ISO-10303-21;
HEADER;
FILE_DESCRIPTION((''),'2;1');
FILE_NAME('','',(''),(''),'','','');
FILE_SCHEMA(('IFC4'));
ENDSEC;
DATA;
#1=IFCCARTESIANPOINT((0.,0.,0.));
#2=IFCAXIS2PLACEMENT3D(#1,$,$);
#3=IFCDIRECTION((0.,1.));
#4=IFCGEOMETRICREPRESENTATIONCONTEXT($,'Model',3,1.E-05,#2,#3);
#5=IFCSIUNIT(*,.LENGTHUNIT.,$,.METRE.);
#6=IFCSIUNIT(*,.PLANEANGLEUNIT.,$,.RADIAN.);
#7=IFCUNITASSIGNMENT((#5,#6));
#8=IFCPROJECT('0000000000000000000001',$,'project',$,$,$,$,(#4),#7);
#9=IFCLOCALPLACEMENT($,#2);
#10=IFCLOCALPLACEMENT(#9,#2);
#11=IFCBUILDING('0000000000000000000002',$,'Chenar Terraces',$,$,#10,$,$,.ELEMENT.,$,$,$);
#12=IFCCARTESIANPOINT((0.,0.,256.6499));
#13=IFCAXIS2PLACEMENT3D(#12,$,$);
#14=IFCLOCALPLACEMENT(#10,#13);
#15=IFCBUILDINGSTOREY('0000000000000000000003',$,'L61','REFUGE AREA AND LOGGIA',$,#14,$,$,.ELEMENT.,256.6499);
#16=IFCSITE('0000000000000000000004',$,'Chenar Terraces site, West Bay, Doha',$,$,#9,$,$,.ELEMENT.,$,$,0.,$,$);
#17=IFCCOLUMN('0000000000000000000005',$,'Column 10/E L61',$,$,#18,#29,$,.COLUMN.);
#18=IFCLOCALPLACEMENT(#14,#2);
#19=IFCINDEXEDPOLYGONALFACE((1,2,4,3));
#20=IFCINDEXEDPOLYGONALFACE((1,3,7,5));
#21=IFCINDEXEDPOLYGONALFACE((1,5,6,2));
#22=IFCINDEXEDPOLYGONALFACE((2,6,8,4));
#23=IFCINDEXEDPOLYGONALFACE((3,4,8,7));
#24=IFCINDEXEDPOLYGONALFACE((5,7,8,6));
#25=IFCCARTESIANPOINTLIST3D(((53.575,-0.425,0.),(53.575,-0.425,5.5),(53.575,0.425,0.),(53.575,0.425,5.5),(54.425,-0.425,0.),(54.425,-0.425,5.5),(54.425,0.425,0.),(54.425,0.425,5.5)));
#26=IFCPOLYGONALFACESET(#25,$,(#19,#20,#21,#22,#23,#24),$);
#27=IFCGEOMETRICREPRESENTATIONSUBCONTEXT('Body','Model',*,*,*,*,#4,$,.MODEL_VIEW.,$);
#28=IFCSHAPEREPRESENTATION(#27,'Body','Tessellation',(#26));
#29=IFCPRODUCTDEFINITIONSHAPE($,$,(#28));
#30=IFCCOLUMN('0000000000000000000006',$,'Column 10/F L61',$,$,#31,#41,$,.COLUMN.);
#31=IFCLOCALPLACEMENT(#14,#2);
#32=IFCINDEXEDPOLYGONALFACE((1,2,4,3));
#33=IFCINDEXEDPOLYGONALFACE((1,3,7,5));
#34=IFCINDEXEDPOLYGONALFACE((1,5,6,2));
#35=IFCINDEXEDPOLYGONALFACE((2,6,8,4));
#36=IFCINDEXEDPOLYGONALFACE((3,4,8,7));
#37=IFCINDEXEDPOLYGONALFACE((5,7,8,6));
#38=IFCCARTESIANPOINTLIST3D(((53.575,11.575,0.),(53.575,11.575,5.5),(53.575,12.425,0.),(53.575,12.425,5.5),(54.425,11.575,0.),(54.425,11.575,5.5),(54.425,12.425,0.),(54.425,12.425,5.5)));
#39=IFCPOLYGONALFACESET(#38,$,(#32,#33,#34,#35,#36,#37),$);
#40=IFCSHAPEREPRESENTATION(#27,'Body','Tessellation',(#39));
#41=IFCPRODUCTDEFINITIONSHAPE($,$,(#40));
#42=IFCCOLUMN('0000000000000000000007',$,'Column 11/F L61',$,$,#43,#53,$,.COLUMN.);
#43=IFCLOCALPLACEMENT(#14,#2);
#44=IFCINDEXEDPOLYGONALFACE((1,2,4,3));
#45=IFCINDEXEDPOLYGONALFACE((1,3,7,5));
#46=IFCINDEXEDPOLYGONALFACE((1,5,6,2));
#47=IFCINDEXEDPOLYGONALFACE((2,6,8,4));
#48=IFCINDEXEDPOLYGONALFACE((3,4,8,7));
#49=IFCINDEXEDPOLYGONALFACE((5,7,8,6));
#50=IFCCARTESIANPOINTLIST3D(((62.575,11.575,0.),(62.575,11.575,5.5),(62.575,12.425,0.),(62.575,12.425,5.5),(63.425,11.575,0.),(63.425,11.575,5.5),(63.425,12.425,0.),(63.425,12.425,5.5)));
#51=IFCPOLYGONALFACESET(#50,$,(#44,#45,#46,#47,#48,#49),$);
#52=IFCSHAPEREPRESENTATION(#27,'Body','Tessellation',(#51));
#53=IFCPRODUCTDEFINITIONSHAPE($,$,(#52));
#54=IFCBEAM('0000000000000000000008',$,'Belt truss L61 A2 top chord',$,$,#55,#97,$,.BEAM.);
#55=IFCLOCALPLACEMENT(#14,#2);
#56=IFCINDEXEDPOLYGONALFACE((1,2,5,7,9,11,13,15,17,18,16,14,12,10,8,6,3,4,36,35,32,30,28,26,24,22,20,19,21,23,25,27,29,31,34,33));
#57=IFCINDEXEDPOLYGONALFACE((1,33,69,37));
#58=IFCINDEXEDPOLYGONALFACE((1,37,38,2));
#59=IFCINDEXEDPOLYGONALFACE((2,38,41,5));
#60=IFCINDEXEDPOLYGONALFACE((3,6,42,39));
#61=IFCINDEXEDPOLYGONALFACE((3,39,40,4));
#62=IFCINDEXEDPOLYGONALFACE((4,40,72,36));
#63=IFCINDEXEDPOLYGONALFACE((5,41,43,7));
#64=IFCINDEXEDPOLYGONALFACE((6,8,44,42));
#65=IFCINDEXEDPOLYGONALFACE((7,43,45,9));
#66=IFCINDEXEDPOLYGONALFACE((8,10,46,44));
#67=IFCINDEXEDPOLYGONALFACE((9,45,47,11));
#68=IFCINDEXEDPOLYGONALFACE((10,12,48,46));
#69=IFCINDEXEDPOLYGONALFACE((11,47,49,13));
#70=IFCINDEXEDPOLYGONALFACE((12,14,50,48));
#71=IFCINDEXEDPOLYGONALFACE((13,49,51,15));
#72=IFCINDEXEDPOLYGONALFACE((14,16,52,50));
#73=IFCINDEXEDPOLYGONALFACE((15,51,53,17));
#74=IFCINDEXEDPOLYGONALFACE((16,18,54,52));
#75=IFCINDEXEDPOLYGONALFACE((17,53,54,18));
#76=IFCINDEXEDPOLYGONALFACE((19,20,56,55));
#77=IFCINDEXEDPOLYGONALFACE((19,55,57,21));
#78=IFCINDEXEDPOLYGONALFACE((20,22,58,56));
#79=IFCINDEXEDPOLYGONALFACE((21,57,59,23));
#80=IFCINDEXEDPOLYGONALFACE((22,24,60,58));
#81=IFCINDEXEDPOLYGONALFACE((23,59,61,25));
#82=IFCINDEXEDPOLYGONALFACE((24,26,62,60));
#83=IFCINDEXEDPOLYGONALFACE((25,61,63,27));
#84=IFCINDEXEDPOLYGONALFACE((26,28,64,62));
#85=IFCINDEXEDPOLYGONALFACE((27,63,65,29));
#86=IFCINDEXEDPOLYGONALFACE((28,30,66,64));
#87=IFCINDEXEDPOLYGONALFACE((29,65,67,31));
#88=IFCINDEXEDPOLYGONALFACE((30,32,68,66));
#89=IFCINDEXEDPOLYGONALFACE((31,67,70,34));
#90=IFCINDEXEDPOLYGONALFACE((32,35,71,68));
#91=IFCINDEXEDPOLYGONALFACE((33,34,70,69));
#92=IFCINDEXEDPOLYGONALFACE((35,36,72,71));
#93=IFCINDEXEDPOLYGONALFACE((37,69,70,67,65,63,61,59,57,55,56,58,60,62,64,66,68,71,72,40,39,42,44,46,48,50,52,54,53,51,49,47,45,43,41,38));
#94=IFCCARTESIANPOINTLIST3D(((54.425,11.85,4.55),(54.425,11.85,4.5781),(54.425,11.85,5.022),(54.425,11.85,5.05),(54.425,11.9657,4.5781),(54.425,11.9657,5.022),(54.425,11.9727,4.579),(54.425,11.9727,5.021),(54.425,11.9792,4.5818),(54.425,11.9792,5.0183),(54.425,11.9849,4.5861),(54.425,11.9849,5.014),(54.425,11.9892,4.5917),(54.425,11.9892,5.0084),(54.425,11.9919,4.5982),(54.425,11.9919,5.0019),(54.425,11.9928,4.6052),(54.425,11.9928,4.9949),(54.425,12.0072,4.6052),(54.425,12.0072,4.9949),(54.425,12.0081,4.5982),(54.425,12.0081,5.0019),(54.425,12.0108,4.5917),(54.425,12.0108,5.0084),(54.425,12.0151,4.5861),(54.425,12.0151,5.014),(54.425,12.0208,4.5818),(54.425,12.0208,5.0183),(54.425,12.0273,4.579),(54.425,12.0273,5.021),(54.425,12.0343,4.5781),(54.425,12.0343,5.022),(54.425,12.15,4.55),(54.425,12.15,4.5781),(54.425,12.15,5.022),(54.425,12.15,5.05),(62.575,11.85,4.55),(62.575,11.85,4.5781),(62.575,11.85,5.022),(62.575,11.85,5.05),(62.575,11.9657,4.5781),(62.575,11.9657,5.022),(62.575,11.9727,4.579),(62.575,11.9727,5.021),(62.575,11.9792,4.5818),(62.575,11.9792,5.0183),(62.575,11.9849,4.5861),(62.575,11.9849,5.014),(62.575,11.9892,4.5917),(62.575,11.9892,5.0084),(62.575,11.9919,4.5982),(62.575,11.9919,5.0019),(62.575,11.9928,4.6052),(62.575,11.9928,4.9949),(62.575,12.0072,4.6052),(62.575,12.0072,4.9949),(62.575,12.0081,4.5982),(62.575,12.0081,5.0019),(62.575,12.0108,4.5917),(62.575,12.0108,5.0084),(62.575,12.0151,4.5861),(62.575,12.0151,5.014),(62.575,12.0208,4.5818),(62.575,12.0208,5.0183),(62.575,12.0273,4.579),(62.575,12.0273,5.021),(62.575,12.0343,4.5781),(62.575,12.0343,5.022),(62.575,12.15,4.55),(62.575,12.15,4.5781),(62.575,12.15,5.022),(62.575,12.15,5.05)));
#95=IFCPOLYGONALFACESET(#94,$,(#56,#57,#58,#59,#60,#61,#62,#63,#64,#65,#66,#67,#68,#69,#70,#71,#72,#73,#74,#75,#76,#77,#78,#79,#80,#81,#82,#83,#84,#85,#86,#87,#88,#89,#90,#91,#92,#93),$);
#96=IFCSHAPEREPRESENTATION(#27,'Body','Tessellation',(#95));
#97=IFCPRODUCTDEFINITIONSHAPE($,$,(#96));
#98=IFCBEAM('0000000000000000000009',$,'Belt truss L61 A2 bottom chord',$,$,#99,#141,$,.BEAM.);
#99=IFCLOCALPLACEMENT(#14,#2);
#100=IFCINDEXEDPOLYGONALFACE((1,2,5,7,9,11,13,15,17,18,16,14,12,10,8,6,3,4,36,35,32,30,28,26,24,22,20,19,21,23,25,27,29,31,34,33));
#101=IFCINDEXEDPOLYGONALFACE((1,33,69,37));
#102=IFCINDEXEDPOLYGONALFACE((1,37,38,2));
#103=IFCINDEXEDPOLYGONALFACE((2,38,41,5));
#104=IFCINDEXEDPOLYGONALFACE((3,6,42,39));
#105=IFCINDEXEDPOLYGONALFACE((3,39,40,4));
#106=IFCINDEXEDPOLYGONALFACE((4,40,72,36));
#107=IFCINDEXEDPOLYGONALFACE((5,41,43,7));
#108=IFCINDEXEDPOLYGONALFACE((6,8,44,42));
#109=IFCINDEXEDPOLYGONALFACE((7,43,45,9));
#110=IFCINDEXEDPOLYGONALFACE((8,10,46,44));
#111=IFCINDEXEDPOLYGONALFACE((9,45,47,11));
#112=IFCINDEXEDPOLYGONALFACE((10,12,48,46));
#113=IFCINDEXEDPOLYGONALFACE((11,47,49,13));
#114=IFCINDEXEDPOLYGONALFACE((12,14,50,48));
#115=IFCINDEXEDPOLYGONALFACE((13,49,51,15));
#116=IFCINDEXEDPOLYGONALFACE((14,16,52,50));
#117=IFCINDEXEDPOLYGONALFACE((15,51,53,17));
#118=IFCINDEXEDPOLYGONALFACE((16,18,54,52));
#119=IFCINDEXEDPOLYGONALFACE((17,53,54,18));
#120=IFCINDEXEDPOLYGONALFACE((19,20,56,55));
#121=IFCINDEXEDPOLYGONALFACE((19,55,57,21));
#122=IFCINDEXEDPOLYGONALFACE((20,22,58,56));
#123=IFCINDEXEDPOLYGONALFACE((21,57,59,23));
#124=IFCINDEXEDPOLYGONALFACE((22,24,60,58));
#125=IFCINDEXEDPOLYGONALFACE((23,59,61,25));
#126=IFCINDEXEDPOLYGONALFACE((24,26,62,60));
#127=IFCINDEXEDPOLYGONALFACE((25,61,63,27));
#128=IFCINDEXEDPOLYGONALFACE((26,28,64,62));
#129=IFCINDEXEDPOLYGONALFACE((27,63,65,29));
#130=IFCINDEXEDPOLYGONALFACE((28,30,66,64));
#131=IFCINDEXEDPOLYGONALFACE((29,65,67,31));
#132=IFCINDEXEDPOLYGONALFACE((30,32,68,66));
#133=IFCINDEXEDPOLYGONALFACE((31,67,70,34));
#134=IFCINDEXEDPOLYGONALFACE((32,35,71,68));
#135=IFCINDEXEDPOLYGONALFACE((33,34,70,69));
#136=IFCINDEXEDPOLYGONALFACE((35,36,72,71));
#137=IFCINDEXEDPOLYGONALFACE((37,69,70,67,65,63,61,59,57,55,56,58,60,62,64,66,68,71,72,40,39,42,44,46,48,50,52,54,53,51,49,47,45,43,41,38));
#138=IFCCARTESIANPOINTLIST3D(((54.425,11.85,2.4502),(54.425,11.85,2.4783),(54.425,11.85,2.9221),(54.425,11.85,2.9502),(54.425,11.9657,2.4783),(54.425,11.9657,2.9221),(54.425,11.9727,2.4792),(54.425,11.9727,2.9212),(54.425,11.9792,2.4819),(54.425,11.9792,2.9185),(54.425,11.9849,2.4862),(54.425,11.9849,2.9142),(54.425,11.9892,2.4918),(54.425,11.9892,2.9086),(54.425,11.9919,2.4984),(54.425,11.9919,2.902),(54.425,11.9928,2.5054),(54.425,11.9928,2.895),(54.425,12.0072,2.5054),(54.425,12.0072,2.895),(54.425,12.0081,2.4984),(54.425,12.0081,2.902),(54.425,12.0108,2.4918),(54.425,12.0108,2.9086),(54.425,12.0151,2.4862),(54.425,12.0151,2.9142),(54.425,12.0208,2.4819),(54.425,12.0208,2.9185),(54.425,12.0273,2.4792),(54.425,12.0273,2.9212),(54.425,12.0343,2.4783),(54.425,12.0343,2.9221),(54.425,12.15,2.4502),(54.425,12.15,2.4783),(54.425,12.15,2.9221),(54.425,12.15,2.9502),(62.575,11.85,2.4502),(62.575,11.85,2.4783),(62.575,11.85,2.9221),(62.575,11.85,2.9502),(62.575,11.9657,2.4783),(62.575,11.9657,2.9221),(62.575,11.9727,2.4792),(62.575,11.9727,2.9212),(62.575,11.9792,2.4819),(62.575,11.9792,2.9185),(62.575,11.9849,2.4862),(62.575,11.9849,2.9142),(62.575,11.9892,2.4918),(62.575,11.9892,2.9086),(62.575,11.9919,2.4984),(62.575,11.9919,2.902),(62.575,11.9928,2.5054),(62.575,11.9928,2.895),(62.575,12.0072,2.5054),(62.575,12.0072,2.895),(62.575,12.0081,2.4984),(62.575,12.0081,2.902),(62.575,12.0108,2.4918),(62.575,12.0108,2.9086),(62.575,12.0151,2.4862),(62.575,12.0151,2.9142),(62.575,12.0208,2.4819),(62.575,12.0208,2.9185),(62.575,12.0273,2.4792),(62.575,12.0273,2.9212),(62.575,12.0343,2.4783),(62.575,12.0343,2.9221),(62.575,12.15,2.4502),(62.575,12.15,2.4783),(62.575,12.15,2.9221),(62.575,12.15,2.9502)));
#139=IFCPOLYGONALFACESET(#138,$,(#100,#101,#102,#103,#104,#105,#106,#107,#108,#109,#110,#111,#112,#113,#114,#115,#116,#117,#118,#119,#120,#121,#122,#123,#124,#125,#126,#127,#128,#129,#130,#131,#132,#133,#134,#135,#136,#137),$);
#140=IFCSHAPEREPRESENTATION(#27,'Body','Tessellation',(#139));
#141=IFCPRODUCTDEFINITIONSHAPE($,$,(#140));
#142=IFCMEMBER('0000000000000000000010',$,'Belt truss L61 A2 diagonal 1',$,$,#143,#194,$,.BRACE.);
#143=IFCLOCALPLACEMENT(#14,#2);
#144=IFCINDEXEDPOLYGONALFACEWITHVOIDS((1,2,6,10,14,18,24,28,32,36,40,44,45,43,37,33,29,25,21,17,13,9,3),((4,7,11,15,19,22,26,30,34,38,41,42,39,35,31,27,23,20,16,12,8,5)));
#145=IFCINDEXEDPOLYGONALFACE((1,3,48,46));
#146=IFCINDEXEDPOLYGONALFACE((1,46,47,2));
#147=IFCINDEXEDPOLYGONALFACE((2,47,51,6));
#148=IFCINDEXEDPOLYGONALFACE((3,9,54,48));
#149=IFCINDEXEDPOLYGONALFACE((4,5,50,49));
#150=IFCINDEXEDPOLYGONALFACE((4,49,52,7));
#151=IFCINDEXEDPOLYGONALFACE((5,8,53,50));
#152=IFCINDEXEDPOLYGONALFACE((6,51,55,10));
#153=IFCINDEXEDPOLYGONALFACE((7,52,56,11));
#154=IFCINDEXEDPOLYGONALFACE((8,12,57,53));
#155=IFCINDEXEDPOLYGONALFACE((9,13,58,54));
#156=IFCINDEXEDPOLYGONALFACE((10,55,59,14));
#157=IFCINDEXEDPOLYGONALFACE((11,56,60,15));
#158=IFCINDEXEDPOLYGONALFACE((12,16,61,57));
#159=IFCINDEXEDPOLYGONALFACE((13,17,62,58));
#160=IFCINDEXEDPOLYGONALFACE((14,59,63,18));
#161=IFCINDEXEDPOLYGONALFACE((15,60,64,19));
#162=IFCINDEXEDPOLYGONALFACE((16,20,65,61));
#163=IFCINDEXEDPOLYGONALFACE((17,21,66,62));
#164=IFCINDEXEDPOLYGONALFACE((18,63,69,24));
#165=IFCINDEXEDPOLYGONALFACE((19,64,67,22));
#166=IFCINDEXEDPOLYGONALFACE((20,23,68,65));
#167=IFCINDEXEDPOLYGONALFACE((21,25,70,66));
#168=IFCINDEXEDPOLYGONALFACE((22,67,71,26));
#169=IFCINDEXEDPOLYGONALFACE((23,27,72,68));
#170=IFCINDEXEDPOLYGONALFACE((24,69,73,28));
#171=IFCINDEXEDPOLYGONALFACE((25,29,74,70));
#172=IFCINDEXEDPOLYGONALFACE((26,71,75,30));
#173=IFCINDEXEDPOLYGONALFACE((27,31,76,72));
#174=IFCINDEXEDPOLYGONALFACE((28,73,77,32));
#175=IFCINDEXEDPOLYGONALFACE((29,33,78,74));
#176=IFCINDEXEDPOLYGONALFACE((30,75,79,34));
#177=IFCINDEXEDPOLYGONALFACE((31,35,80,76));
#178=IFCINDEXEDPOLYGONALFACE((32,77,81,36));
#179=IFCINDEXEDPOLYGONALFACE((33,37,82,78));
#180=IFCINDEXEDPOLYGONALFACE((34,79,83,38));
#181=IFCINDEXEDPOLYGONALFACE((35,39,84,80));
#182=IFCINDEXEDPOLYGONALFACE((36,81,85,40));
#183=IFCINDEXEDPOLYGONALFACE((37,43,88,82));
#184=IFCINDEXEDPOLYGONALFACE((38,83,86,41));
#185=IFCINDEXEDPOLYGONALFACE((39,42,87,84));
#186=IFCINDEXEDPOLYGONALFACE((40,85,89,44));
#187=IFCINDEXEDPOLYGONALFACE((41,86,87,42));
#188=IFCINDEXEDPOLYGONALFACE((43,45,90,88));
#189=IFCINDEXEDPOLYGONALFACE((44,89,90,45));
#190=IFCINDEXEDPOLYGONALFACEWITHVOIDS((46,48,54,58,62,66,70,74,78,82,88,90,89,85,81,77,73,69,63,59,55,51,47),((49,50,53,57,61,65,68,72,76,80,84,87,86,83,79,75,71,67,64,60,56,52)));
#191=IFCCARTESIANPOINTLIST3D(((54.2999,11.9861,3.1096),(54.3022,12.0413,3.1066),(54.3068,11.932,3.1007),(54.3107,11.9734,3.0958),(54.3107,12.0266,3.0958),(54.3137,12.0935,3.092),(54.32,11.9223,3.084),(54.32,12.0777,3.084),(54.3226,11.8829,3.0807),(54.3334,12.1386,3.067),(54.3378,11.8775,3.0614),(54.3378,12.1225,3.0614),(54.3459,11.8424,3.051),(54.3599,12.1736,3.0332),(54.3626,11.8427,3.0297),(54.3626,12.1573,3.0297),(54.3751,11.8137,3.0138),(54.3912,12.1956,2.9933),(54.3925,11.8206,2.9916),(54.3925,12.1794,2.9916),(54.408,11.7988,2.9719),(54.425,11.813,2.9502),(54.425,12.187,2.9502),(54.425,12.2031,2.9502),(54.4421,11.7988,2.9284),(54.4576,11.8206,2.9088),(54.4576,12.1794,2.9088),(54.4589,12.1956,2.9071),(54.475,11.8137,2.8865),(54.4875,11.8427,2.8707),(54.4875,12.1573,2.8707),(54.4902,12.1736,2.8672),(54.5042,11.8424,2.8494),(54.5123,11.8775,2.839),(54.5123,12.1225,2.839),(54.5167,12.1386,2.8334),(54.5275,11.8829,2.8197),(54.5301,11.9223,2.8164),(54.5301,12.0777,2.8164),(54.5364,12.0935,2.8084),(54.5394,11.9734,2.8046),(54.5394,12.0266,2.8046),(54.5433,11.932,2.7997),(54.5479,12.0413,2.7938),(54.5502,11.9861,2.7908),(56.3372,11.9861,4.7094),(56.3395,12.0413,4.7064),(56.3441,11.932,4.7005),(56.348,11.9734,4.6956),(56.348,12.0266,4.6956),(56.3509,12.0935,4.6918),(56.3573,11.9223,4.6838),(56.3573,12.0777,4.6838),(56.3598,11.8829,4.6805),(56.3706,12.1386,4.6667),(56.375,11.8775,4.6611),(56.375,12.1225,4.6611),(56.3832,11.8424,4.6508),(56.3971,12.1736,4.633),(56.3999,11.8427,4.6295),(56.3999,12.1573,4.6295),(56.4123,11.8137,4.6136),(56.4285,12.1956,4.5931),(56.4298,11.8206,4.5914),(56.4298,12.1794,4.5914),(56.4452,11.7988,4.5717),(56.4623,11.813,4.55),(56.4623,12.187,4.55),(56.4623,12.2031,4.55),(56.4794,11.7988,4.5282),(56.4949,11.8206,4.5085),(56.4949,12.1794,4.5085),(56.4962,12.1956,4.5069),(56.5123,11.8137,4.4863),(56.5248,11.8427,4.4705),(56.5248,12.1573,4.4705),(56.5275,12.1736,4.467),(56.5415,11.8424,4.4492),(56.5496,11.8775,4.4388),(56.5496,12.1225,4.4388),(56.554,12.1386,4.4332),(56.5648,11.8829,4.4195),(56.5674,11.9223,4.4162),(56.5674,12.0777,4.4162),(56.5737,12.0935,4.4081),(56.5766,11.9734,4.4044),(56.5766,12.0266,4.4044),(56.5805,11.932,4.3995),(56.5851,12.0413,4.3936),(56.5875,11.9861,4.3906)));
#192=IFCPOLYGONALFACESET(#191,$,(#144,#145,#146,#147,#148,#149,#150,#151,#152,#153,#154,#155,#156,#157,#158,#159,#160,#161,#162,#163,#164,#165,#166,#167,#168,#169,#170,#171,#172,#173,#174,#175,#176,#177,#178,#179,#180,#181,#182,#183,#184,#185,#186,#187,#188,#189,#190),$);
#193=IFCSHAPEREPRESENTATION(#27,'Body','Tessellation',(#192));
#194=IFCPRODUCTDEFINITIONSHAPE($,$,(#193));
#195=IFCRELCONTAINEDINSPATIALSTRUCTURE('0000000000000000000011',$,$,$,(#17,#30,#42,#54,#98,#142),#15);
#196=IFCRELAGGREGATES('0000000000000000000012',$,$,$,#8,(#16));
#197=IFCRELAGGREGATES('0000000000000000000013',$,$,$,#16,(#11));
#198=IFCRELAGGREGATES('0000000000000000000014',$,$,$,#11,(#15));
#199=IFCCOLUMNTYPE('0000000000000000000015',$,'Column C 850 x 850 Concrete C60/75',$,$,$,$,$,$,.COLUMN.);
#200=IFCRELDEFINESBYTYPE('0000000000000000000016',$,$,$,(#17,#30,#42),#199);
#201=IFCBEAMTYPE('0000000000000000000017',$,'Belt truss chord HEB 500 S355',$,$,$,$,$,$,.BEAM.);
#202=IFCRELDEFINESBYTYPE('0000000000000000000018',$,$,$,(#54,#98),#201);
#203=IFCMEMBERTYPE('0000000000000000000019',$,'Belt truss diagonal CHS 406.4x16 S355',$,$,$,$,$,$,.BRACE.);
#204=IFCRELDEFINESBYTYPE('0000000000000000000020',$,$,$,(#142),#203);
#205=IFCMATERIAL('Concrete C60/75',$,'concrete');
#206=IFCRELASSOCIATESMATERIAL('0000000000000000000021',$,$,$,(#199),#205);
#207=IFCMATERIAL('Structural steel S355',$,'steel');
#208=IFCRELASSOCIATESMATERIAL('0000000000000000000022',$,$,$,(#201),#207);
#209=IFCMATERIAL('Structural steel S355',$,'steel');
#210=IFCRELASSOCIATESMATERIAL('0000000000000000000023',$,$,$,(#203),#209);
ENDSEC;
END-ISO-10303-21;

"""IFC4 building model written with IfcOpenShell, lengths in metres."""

from ifc_helpers import new_model, si_unit, direction, frame, origin, origin_2d, place, context, subcontext, project, spatial, rectangle, hollow_circle, i_section, extrude, material, material_profile, profile_set, type_object, element, save


model = new_model("IFC4")

# Units and contexts
model_context = context("Model", 3, precision=1e-05, world=origin(), true_north=direction((0.0, 1.0)))
body_context = subcontext(model_context, "Body", "Model", "MODEL_VIEW")
ifc_project = project(units=[si_unit("LENGTHUNIT", "METRE"), si_unit("PLANEANGLEUNIT", "RADIAN")], contexts=[model_context])

# Site, building, storey
site_placement = place(None, origin())
site = spatial("IfcSite", under=ifc_project, at=site_placement, Name="Chenar Terraces site, West Bay, Doha", CompositionType="ELEMENT", RefElevation=0.0)
building_placement = place(site_placement, origin())
building = spatial("IfcBuilding", under=site, at=building_placement, Name="Chenar Terraces", CompositionType="ELEMENT")
storey_placement = place(building_placement, frame((0.0, 0.0, 256.6499)))
storey = spatial("IfcBuildingStorey", under=building, at=storey_placement, Name="L61", Description="REFUGE AREA AND LOGGIA", CompositionType="ELEMENT", Elevation=256.6499)

# Columns
ifc_material_1 = material(Name="Concrete C60/75", Category="concrete")
ifc_material_profile_1 = material_profile(ifc_material_1, rectangle(XDim=0.8501, YDim=0.8501, at=origin_2d()), Name="C 850 x 850")
ifc_profile_set_1 = profile_set([ifc_material_profile_1], Name="Concrete C60/75")
column_type = type_object("IfcColumnType", Name="Column C 850 x 850 Concrete C60/75", PredefinedType="COLUMN", material=ifc_profile_set_1)
for number, where, z_axis, x_axis, name in (
    (1, (54.0, 0.0, 0.0), (0.0, 0.0, 1.0), (1.0, 0.0, 0.0), "Column 10/E L61"),
    (2, (54.0, 12.0, 0.0), (0.0, 0.0, 1.0), (1.0, 0.0, 0.0), "Column 10/F L61"),
    (3, (63.0, 12.0, 0.0), (0.0, 0.0, 1.0), (1.0, 0.0, 0.0), "Column 11/F L61"),
):
    element("IfcColumn", number, at=place(storey_placement, frame(where, z_axis=z_axis, x_axis=x_axis)), inside=storey, type_object=column_type, Name=name, PredefinedType="COLUMN", context=body_context, shape_type="SweptSolid", body=[
        extrude(rectangle(XDim=0.8501, YDim=0.8501, at=origin_2d()), origin(), (0.0, 0.0, 1.0), 5.5),
    ])

# Beams
ifc_material_2 = material(Name="Structural steel S355", Category="steel")
ifc_material_profile_2 = material_profile(ifc_material_2, i_section(OverallWidth=0.3, OverallDepth=0.5, WebThickness=0.0144, FlangeThickness=0.0281, FilletRadius=0.0271, at=origin_2d()), Name="HEB 500")
ifc_profile_set_2 = profile_set([ifc_material_profile_2], Name="Structural steel S355")
beam_type = type_object("IfcBeamType", Name="Belt truss chord HEB 500 S355", PredefinedType="BEAM", material=ifc_profile_set_2)
for number, where, z_axis, x_axis, name in (
    (4, (54.425, 12.0, 4.8), (1.0, 0.0, 0.0), (0.0, 1.0, 0.0), "Belt truss L61 A2 top chord"),
    (5, (54.425, 12.0, 2.7002), (1.0, 0.0, 0.0), (0.0, 1.0, 0.0), "Belt truss L61 A2 bottom chord"),
):
    element("IfcBeam", number, at=place(storey_placement, frame(where, z_axis=z_axis, x_axis=x_axis)), inside=storey, type_object=beam_type, Name=name, PredefinedType="BEAM", context=body_context, shape_type="SweptSolid", body=[
        extrude(i_section(OverallWidth=0.3, OverallDepth=0.5, WebThickness=0.0144, FlangeThickness=0.0281, FilletRadius=0.0271, at=origin_2d()), origin(), (0.0, 0.0, 1.0), 8.1499),
    ])

# Member
ifc_material_3 = material(Name="Structural steel S355", Category="steel")
ifc_material_profile_3 = material_profile(ifc_material_3, hollow_circle(Radius=0.2031, WallThickness=0.0161, at=origin_2d()), Name="CHS 406.4x16")
ifc_profile_set_3 = profile_set([ifc_material_profile_3], Name="Structural steel S355")
member_type = type_object("IfcMemberType", Name="Belt truss diagonal CHS 406.4x16 S355", PredefinedType="BRACE", material=ifc_profile_set_3)
member_1_placement = place(storey_placement, frame((54.425, 12.0, 2.9502), z_axis=(0.786492, 0.0, 0.617601), x_axis=(0.0, 1.0, 0.0)))
element("IfcMember", 6, at=member_1_placement, inside=storey, type_object=member_type, Name="Belt truss L61 A2 diagonal 1", PredefinedType="BRACE", context=body_context, shape_type="SweptSolid", body=[
    extrude(hollow_circle(Radius=0.2031, WallThickness=0.0161, at=origin_2d()), origin(), (0.0, 0.0, 1.0), 2.5903),
])

save(model, "model.ifc")
